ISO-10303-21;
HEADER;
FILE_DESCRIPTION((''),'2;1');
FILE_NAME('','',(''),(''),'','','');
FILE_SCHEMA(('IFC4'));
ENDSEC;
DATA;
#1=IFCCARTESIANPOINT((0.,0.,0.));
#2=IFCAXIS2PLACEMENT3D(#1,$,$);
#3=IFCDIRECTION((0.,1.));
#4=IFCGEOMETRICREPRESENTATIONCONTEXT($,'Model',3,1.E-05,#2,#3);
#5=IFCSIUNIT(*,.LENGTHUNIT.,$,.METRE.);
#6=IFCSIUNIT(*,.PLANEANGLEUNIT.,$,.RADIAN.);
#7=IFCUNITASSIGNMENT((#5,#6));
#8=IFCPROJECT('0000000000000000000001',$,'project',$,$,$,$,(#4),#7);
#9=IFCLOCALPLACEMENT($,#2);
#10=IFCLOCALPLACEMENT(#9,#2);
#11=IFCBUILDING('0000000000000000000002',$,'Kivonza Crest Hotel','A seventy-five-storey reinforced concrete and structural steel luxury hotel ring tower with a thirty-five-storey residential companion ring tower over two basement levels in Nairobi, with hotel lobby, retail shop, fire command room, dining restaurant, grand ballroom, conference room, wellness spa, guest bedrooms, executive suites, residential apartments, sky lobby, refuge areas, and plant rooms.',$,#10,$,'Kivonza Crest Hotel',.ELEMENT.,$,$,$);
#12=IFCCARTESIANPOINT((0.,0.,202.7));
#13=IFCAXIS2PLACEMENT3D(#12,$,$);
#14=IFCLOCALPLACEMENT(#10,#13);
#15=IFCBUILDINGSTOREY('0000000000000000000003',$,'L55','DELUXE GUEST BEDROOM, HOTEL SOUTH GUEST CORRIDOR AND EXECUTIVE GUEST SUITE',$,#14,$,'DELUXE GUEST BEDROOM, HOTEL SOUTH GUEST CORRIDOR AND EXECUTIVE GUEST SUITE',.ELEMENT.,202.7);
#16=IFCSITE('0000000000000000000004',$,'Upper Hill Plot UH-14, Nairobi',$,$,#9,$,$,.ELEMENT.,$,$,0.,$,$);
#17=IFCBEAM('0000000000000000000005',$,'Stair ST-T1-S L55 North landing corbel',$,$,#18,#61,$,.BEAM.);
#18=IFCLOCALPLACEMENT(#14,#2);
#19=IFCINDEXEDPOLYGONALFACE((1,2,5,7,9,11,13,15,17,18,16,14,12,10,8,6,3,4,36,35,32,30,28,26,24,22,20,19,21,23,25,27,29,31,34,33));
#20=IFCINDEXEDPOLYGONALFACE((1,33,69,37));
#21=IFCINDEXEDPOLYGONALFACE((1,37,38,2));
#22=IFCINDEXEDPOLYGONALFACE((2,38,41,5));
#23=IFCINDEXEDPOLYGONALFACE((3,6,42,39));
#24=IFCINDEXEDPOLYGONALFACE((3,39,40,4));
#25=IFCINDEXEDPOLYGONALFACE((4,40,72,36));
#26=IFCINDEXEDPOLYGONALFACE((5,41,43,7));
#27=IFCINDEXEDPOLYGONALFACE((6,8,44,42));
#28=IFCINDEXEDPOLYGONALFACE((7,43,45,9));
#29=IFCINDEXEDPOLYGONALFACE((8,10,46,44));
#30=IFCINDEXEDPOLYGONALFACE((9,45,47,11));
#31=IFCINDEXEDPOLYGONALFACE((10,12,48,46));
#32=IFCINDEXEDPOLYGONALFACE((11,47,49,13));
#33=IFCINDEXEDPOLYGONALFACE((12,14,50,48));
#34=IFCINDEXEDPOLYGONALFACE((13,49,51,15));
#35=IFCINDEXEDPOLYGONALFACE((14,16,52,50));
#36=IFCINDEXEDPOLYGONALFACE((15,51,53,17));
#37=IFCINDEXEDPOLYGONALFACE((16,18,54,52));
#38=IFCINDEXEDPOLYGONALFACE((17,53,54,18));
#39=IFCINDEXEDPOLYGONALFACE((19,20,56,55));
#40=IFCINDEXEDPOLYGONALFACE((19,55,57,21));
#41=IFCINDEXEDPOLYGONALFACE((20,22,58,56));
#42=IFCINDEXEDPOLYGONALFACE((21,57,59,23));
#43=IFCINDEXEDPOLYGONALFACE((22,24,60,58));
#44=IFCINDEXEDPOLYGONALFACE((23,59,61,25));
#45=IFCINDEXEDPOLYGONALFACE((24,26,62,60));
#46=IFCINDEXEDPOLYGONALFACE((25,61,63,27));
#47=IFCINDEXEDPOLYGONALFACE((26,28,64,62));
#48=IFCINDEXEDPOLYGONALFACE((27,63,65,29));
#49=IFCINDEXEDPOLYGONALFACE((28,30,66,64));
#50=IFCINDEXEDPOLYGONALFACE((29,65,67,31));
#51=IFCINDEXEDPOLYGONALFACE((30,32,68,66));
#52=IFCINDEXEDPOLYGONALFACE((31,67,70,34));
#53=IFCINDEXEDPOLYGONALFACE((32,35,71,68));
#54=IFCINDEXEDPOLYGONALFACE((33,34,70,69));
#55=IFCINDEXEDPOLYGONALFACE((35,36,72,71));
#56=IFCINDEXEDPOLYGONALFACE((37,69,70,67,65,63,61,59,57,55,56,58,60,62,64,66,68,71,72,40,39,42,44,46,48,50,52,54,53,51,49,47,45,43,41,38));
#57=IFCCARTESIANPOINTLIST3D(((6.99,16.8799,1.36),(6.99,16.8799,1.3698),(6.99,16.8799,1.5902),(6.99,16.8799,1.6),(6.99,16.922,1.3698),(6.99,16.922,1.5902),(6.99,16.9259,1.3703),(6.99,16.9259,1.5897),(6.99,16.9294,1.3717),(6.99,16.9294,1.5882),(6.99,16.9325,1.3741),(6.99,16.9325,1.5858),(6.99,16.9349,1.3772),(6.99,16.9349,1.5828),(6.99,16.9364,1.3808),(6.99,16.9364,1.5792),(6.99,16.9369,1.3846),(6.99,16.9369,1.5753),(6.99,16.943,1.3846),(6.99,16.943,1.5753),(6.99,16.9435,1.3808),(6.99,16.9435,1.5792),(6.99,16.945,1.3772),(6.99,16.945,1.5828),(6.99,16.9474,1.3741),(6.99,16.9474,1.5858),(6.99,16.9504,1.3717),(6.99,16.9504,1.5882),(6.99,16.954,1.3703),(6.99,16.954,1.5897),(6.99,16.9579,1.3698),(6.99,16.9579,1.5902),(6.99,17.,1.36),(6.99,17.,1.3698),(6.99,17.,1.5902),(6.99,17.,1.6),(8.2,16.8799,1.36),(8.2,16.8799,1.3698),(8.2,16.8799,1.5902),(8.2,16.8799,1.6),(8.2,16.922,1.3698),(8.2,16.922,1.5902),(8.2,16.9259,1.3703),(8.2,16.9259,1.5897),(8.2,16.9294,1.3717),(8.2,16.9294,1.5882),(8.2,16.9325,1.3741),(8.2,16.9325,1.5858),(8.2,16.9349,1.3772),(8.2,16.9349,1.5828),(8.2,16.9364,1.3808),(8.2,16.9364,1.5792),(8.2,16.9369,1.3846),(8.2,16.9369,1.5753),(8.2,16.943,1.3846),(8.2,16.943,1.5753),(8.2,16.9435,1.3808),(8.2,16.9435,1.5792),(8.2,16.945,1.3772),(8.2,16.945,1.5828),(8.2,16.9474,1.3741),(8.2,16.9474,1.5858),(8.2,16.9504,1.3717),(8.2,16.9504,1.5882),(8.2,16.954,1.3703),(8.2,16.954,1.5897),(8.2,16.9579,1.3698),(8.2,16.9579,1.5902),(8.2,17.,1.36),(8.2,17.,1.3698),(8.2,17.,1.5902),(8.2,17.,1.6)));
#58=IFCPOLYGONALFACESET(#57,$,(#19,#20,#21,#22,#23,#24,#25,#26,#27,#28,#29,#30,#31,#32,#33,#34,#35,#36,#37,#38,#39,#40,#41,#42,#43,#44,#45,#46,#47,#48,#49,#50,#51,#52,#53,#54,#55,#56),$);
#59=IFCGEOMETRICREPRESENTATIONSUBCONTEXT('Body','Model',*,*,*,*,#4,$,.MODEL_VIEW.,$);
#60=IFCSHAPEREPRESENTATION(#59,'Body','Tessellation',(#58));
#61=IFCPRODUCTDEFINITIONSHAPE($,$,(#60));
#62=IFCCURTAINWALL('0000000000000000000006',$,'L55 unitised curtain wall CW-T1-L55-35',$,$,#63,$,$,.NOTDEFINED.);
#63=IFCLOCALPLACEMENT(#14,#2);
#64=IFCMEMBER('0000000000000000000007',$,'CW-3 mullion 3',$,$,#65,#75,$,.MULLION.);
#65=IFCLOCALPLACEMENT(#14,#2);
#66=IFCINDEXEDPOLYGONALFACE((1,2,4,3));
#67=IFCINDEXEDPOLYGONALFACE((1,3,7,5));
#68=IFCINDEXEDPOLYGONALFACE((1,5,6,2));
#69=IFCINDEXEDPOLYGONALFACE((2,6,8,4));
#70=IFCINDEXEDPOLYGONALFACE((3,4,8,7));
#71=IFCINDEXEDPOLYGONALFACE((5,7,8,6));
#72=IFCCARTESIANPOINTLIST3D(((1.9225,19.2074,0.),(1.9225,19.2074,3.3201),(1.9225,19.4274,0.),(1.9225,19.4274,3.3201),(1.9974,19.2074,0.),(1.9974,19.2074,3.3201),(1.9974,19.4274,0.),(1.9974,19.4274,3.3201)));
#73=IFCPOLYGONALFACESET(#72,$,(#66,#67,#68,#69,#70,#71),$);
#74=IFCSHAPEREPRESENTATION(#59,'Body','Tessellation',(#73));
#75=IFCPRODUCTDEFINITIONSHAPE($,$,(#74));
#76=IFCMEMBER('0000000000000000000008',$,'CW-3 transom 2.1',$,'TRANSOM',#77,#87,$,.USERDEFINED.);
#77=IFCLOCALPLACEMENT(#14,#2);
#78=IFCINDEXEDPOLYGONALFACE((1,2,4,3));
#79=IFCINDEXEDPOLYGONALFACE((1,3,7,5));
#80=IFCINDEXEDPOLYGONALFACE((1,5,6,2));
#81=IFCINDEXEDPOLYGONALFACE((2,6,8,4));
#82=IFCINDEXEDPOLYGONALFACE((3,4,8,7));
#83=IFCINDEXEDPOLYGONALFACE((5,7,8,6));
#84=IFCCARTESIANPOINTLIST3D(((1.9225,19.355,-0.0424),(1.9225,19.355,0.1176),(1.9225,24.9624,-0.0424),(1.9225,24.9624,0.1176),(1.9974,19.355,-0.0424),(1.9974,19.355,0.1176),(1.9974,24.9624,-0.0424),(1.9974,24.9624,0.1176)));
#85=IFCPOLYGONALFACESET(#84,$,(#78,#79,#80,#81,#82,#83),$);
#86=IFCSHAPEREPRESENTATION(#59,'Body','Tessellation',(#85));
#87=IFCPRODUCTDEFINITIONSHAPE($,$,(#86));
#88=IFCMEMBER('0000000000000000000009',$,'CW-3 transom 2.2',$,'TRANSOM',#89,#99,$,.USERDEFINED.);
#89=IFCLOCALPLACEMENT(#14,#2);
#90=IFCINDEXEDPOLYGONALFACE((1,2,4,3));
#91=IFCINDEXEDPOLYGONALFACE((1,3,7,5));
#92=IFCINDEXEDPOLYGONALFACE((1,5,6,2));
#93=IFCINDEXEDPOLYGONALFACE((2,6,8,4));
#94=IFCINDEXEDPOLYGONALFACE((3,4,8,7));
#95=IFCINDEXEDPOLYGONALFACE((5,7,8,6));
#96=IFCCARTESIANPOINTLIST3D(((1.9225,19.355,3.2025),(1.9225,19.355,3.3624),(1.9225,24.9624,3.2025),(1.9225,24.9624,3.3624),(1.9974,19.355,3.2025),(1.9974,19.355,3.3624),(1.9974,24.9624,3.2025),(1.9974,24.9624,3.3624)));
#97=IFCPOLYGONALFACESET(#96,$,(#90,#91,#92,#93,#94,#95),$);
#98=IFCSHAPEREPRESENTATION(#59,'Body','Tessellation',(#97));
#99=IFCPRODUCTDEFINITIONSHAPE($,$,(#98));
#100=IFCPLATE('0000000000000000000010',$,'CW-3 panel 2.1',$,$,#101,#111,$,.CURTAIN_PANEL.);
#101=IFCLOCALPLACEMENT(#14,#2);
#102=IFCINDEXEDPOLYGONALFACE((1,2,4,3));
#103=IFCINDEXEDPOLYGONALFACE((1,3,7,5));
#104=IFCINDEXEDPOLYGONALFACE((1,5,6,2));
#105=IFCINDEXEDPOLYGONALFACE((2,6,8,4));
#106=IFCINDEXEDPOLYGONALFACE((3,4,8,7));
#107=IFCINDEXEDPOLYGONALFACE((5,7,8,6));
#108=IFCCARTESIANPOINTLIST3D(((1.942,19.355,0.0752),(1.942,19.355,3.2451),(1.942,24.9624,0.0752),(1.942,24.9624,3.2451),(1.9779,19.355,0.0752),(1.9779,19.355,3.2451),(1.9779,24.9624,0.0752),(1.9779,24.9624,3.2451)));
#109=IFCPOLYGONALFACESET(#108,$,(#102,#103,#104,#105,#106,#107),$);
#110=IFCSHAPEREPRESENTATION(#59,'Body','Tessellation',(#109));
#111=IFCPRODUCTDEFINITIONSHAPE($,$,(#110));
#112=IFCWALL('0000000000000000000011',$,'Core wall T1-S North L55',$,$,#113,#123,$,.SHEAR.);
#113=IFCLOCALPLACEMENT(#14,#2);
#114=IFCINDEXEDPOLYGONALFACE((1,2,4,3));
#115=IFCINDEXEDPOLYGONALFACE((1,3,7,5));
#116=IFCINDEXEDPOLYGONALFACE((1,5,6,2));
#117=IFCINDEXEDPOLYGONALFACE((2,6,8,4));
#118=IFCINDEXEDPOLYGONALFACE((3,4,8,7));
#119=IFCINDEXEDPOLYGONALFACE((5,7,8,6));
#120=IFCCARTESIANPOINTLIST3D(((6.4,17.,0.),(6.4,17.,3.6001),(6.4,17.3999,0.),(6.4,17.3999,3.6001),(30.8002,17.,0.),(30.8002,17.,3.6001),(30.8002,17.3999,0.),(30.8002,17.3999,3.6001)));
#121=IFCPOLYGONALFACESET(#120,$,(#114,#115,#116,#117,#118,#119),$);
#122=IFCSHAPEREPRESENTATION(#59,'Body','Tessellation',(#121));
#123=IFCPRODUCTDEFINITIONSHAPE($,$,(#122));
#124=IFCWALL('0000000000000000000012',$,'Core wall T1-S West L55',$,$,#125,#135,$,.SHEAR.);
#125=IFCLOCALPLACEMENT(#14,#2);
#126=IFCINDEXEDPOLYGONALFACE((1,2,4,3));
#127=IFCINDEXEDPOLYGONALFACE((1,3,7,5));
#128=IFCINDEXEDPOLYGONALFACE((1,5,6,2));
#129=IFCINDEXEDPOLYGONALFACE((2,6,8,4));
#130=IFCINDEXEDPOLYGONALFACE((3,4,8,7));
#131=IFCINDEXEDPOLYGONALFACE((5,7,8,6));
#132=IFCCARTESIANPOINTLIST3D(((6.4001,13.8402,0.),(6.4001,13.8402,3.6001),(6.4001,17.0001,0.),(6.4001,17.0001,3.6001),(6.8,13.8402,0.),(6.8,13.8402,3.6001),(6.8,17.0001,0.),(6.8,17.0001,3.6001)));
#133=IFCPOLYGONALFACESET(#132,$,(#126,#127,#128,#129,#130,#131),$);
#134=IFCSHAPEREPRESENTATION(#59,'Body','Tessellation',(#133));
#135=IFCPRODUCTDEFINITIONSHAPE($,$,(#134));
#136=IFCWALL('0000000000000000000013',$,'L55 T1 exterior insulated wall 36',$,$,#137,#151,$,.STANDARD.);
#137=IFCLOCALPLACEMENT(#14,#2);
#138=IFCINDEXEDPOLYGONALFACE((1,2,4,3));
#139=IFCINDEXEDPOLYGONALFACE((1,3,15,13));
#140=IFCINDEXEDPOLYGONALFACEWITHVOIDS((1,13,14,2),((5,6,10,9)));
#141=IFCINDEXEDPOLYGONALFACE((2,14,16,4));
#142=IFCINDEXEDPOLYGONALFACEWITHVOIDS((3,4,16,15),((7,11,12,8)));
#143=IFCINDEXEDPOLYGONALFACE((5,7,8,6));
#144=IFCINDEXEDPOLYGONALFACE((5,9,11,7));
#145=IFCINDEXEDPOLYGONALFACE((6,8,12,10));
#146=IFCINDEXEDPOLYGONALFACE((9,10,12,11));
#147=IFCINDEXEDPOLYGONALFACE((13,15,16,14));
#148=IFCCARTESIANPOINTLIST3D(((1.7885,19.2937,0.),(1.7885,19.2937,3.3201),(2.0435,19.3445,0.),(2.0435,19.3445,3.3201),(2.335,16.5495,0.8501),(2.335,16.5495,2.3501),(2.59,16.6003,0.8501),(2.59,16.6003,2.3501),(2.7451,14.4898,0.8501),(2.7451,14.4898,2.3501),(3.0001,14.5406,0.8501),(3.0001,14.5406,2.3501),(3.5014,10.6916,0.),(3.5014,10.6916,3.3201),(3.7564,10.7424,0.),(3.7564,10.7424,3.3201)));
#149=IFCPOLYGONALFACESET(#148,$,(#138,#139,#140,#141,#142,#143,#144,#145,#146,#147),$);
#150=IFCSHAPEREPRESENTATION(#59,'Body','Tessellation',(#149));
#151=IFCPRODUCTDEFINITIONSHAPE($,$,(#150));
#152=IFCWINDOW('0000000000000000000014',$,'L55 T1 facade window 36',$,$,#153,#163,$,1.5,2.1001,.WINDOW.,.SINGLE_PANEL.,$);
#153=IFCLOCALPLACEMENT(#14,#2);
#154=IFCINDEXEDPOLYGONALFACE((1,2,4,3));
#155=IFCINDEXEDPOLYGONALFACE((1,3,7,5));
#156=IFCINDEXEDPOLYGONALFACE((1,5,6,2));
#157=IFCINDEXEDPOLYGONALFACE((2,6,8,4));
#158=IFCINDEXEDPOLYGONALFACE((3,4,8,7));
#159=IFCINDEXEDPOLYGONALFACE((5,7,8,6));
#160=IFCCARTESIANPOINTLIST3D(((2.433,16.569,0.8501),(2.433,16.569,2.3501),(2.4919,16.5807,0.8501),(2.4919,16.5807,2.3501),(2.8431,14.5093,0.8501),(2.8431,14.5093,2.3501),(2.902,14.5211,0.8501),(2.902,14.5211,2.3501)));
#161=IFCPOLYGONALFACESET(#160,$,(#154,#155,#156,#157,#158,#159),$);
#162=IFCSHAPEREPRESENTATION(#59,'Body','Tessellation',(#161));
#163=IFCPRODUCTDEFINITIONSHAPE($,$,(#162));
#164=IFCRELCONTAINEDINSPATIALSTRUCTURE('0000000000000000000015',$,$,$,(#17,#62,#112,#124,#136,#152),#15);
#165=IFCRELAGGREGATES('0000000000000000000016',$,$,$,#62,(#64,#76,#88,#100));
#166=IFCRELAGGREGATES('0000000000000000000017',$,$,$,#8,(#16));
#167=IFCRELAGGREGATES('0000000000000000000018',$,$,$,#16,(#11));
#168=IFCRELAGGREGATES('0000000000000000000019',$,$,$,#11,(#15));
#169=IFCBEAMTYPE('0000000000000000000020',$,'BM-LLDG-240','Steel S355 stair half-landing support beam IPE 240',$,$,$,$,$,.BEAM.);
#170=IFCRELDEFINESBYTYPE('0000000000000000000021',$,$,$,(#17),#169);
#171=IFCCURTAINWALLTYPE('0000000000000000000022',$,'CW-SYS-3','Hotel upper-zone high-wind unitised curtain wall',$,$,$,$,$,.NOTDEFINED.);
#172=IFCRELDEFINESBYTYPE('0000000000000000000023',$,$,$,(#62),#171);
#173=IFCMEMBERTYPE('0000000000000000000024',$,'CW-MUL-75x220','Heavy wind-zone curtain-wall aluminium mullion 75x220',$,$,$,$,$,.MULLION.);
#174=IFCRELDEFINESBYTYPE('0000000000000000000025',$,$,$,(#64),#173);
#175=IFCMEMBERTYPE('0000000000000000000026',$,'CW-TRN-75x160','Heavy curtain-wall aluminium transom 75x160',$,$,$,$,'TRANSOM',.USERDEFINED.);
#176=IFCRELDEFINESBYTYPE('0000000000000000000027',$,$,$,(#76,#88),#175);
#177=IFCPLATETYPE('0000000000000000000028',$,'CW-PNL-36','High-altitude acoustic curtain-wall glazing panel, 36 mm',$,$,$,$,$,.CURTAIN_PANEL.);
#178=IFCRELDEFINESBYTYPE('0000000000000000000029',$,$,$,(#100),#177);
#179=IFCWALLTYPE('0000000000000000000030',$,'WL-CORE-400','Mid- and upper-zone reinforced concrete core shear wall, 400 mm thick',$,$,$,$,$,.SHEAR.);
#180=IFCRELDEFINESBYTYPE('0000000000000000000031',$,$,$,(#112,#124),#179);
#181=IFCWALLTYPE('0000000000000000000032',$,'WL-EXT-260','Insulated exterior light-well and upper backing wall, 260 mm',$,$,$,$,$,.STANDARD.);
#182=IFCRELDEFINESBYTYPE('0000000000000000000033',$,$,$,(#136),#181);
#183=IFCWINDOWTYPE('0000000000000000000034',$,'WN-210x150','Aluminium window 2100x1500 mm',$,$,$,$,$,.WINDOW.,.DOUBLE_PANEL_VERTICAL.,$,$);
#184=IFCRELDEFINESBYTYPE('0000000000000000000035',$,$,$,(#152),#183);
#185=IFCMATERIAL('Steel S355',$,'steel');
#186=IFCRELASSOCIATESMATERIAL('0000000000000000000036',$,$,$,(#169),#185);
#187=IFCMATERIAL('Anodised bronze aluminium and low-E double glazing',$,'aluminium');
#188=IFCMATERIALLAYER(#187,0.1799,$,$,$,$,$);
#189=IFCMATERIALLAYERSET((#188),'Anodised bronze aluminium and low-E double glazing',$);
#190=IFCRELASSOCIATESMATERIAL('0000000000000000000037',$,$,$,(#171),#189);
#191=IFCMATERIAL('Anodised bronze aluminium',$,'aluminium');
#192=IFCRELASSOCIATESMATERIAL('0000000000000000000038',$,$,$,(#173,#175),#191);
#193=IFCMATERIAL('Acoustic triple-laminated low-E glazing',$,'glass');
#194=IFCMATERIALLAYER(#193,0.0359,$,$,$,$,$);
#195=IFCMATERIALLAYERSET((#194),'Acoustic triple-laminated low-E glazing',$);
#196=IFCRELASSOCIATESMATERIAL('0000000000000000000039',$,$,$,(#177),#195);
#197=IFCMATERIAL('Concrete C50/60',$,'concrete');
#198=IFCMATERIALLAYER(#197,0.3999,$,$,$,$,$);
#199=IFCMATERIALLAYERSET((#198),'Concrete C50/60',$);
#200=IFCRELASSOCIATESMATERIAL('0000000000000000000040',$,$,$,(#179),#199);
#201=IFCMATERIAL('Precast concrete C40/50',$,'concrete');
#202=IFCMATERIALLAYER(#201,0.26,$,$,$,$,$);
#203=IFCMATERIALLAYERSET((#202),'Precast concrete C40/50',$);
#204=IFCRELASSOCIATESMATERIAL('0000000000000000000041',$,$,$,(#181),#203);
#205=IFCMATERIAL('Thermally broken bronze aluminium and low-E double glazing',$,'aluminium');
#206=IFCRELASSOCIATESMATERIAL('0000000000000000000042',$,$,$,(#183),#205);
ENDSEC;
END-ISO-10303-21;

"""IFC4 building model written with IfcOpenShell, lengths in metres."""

from ifc_helpers import new_model, si_unit, direction, frame, frame_2d, origin, origin_2d, place, context, subcontext, project, spatial, rectangle, i_section, extrude, material, layer, layer_set, material_profile, profile_set, type_object, element, fill, aggregate, save


model = new_model("IFC4")

# Units and contexts
model_context = context("Model", 3, precision=1e-05, world=origin(), true_north=direction((0.0, 1.0)))
body_context = subcontext(model_context, "Body", "Model", "MODEL_VIEW")
ifc_project = project(units=[si_unit("LENGTHUNIT", "METRE"), si_unit("PLANEANGLEUNIT", "RADIAN")], contexts=[model_context])

# Site, building, storey
site_placement = place(None, origin())
site = spatial("IfcSite", under=ifc_project, at=site_placement, Name="Upper Hill Plot UH-14, Nairobi", CompositionType="ELEMENT", RefElevation=0.0)
building_placement = place(site_placement, origin())
building = spatial("IfcBuilding", under=site, at=building_placement, Name="Kivonza Crest Hotel", Description="A seventy-five-storey reinforced concrete and structural steel luxury hotel ring tower with a thirty-five-storey residential companion ring tower over two basement levels in Nairobi, with hotel lobby, retail shop, fire command room, dining restaurant, grand ballroom, conference room, wellness spa, guest bedrooms, executive suites, residential apartments, sky lobby, refuge areas, and plant rooms.", LongName="Kivonza Crest Hotel", CompositionType="ELEMENT")
storey_placement = place(building_placement, frame((0.0, 0.0, 202.7)))
storey = spatial("IfcBuildingStorey", under=building, at=storey_placement, Name="L55", Description="DELUXE GUEST BEDROOM, HOTEL SOUTH GUEST CORRIDOR AND EXECUTIVE GUEST SUITE", LongName="DELUXE GUEST BEDROOM, HOTEL SOUTH GUEST CORRIDOR AND EXECUTIVE GUEST SUITE", CompositionType="ELEMENT", Elevation=202.7)

# Shared definitions
ifc_material_1 = material(Name="Concrete C50/60", Category="concrete")

# Beam
ifc_material_2 = material(Name="Steel S355", Category="steel")
ifc_material_profile_1 = material_profile(ifc_material_2, i_section(OverallWidth=0.1201, OverallDepth=0.24, WebThickness=0.0061, FlangeThickness=0.0098, FilletRadius=0.0149, at=origin_2d()), Name="IPE 240")
ifc_profile_set_1 = profile_set([ifc_material_profile_1], Name="Steel S355")
beam_type_1 = type_object("IfcBeamType", Name="BM-LLDG-240", Description="Steel S355 stair half-landing support beam IPE 240", PredefinedType="BEAM", material=ifc_profile_set_1)
for number, where, z_axis, x_axis, name in (
    (1, (6.99, 16.9399, 1.48), (1.0, 0.0, 0.0), (0.0, 1.0, 0.0), "Stair ST-T1-S L55 North landing corbel"),
):
    element("IfcBeam", number, at=place(storey_placement, frame(where, z_axis=z_axis, x_axis=x_axis)), inside=storey, type_object=beam_type_1, Name=name, PredefinedType="BEAM", context=body_context, shape_type="SweptSolid", body=[
        extrude(i_section(OverallWidth=0.1201, OverallDepth=0.24, WebThickness=0.0061, FlangeThickness=0.0098, FilletRadius=0.0149, at=origin_2d()), origin(), (0.0, 0.0, 1.0), 1.21),
    ])

# Curtain wall, members, plate
ifc_material_3 = material(Name="Anodised bronze aluminium and low-E double glazing", Category="aluminium")
ifc_layer_1 = layer(ifc_material_3, 0.1799)
ifc_layer_set_1 = layer_set([ifc_layer_1], Name="Anodised bronze aluminium and low-E double glazing")
curtain_wall_type = type_object("IfcCurtainWallType", Name="CW-SYS-3", Description="Hotel upper-zone high-wind unitised curtain wall", PredefinedType="NOTDEFINED", material=ifc_layer_set_1)
curtain_wall_placement = place(storey_placement, origin())
curtain_wall = element("IfcCurtainWall", 2, at=curtain_wall_placement, inside=storey, type_object=curtain_wall_type, Name="L55 unitised curtain wall CW-T1-L55-35", PredefinedType="NOTDEFINED")
ifc_material_4 = material(Name="Anodised bronze aluminium", Category="aluminium")
ifc_material_profile_2 = material_profile(ifc_material_4, rectangle(XDim=0.075, YDim=0.22, at=origin_2d()), Name="CW-M 75x220")
ifc_profile_set_2 = profile_set([ifc_material_profile_2], Name="Anodised bronze aluminium")
member_type_1 = type_object("IfcMemberType", Name="CW-MUL-75x220", Description="Heavy wind-zone curtain-wall aluminium mullion 75x220", PredefinedType="MULLION", material=ifc_profile_set_2)
member_1_placement = place(storey_placement, frame((1.96, 19.3174, 0.0), z_axis=(0.0, 0.0, 1.0), x_axis=(1.0, 0.0, 0.0)))
member_1 = element("IfcMember", 3, at=member_1_placement, type_object=member_type_1, Name="CW-3 mullion 3", PredefinedType="MULLION", context=body_context, shape_type="SweptSolid", body=[
    extrude(rectangle(XDim=0.075, YDim=0.22, at=origin_2d()), origin(), (0.0, 0.0, 1.0), 3.3201),
])
ifc_material_profile_3 = material_profile(ifc_material_4, rectangle(XDim=0.075, YDim=0.1599, at=origin_2d()), Name="CW-T 75x160")
ifc_profile_set_3 = profile_set([ifc_material_profile_3], Name="Anodised bronze aluminium")
member_type_2 = type_object("IfcMemberType", Name="CW-TRN-75x160", Description="Heavy curtain-wall aluminium transom 75x160", ElementType="TRANSOM", PredefinedType="USERDEFINED", material=ifc_profile_set_3)
member_2_placement = place(storey_placement, frame((1.96, 24.9624, 0.0376), z_axis=(0.0, -1.0, 0.0), x_axis=(1.0, 0.0, 0.0)))
member_2 = element("IfcMember", 4, at=member_2_placement, type_object=member_type_2, Name="CW-3 transom 2.1", ObjectType="TRANSOM", PredefinedType="USERDEFINED", context=body_context, shape_type="SweptSolid", body=[
    extrude(rectangle(XDim=0.075, YDim=0.1599, at=origin_2d()), origin(), (0.0, 0.0, 1.0), 5.6074),
])
member_3_placement = place(storey_placement, frame((1.96, 24.9624, 3.2825), z_axis=(0.0, -1.0, 0.0), x_axis=(1.0, 0.0, 0.0)))
member_3 = element("IfcMember", 5, at=member_3_placement, type_object=member_type_2, Name="CW-3 transom 2.2", ObjectType="TRANSOM", PredefinedType="USERDEFINED", context=body_context, shape_type="SweptSolid", body=[
    extrude(rectangle(XDim=0.075, YDim=0.1599, at=origin_2d()), origin(), (0.0, 0.0, 1.0), 5.6074),
])
ifc_material_5 = material(Name="Acoustic triple-laminated low-E glazing", Category="glass")
ifc_layer_2 = layer(ifc_material_5, 0.0359)
ifc_layer_set_2 = layer_set([ifc_layer_2], Name="Acoustic triple-laminated low-E glazing")
plate_type = type_object("IfcPlateType", Name="CW-PNL-36", Description="High-altitude acoustic curtain-wall glazing panel, 36 mm", PredefinedType="CURTAIN_PANEL", material=ifc_layer_set_2)
plate_placement = place(storey_placement, frame((1.96, 22.1587, 0.0752), z_axis=(0.0, 0.0, 1.0), x_axis=(0.0, -1.0, 0.0)))
plate = element("IfcPlate", 6, at=plate_placement, type_object=plate_type, Name="CW-3 panel 2.1", PredefinedType="CURTAIN_PANEL", context=body_context, shape_type="SweptSolid", body=[
    extrude(rectangle(XDim=5.6074, YDim=0.0359, at=origin_2d()), origin(), (0.0, 0.0, 1.0), 3.1699),
])
aggregate(curtain_wall, [member_1, member_2, member_3, plate])

# Shared definitions
ifc_layer_3 = layer(ifc_material_1, 0.3999)
ifc_layer_set_3 = layer_set([ifc_layer_3], Name="Concrete C50/60")
wall_type_1 = type_object("IfcWallType", Name="WL-CORE-400", Description="Mid- and upper-zone reinforced concrete core shear wall, 400 mm thick", PredefinedType="SHEAR", material=ifc_layer_set_3)

# Walls
wall_1_placement = place(storey_placement, frame((6.3999, 17.2, 0.0), z_axis=(0.0, 0.0, 1.0), x_axis=(1.0, 0.0, 0.0)))
element("IfcWall", 7, at=wall_1_placement, inside=storey, type_object=wall_type_1, Name="Core wall T1-S North L55", PredefinedType="SHEAR", context=body_context, shape_type="SweptSolid", body=[
    extrude(rectangle(XDim=24.4001, YDim=0.3999, at=frame_2d((12.2002, 0.0))), origin(), (0.0, 0.0, 1.0), 3.6001),
])
wall_2_placement = place(storey_placement, frame((6.6001, 13.8401, 0.0), z_axis=(0.0, 0.0, 1.0), x_axis=(0.0, 1.0, 0.0)))
element("IfcWall", 8, at=wall_2_placement, inside=storey, type_object=wall_type_1, Name="Core wall T1-S West L55", PredefinedType="SHEAR", context=body_context, shape_type="SweptSolid", body=[
    extrude(rectangle(XDim=3.1599, YDim=0.3999, at=frame_2d((1.5801, 0.0))), origin(), (0.0, 0.0, 1.0), 3.6001),
])

# Wall, opening, window
ifc_material_6 = material(Name="Precast concrete C40/50", Category="concrete")
ifc_layer_4 = layer(ifc_material_6, 0.26)
ifc_layer_set_4 = layer_set([ifc_layer_4], Name="Precast concrete C40/50")
wall_type_2 = type_object("IfcWallType", Name="WL-EXT-260", Description="Insulated exterior light-well and upper backing wall, 260 mm", PredefinedType="STANDARD", material=ifc_layer_set_4)
wall_3_placement = place(storey_placement, frame((1.916, 19.3191, 0.0), z_axis=(0.0, 0.0, 1.0), x_axis=(0.195292, -0.980745, 0.0)))
wall_3 = element("IfcWall", 9, at=wall_3_placement, inside=storey, type_object=wall_type_2, Name="L55 T1 exterior insulated wall 36", PredefinedType="STANDARD", context=body_context, shape_type="SweptSolid", body=[
    extrude(rectangle(XDim=8.771, YDim=0.26, at=frame_2d((4.3855, 0.0))), origin(), (0.0, 0.0, 1.0), 3.3201),
])
opening_1_placement = place(wall_3_placement, frame((2.7981, 0.0, 0.8501)))
opening_1 = element("IfcOpeningElement", 10, at=opening_1_placement, cuts=wall_3, PredefinedType="OPENING", context=body_context, shape_type="SweptSolid", body=[
    extrude(rectangle(XDim=2.1001, YDim=1.5, at=frame_2d((1.05, 0.75))), frame((0.0, 0.1401, 0.0), z_axis=(0.0, -1.0, 0.0), x_axis=(1.0, 0.0, 0.0)), (0.0, 0.0, 1.0), 0.28),
])
ifc_material_7 = material(Name="Thermally broken bronze aluminium and low-E double glazing", Category="aluminium")
window_type = type_object("IfcWindowType", Name="WN-210x150", Description="Aluminium window 2100x1500 mm", PartitioningType="DOUBLE_PANEL_VERTICAL", PredefinedType="WINDOW", material=ifc_material_7)
window_placement = place(opening_1_placement, origin())
window = element("IfcWindow", 11, at=window_placement, inside=storey, type_object=window_type, Name="L55 T1 facade window 36", OverallHeight=1.5, OverallWidth=2.1001, PartitioningType="SINGLE_PANEL", PredefinedType="WINDOW", context=body_context, shape_type="SweptSolid", body=[
    extrude(rectangle(XDim=2.1001, YDim=1.5, at=frame_2d((1.05, 0.75))), frame((0.0, 0.03, 0.0), z_axis=(0.0, -1.0, 0.0), x_axis=(1.0, 0.0, 0.0)), (0.0, 0.0, 1.0), 0.0601),
])
fill(opening_1, window)

save(model, "model.ifc")
